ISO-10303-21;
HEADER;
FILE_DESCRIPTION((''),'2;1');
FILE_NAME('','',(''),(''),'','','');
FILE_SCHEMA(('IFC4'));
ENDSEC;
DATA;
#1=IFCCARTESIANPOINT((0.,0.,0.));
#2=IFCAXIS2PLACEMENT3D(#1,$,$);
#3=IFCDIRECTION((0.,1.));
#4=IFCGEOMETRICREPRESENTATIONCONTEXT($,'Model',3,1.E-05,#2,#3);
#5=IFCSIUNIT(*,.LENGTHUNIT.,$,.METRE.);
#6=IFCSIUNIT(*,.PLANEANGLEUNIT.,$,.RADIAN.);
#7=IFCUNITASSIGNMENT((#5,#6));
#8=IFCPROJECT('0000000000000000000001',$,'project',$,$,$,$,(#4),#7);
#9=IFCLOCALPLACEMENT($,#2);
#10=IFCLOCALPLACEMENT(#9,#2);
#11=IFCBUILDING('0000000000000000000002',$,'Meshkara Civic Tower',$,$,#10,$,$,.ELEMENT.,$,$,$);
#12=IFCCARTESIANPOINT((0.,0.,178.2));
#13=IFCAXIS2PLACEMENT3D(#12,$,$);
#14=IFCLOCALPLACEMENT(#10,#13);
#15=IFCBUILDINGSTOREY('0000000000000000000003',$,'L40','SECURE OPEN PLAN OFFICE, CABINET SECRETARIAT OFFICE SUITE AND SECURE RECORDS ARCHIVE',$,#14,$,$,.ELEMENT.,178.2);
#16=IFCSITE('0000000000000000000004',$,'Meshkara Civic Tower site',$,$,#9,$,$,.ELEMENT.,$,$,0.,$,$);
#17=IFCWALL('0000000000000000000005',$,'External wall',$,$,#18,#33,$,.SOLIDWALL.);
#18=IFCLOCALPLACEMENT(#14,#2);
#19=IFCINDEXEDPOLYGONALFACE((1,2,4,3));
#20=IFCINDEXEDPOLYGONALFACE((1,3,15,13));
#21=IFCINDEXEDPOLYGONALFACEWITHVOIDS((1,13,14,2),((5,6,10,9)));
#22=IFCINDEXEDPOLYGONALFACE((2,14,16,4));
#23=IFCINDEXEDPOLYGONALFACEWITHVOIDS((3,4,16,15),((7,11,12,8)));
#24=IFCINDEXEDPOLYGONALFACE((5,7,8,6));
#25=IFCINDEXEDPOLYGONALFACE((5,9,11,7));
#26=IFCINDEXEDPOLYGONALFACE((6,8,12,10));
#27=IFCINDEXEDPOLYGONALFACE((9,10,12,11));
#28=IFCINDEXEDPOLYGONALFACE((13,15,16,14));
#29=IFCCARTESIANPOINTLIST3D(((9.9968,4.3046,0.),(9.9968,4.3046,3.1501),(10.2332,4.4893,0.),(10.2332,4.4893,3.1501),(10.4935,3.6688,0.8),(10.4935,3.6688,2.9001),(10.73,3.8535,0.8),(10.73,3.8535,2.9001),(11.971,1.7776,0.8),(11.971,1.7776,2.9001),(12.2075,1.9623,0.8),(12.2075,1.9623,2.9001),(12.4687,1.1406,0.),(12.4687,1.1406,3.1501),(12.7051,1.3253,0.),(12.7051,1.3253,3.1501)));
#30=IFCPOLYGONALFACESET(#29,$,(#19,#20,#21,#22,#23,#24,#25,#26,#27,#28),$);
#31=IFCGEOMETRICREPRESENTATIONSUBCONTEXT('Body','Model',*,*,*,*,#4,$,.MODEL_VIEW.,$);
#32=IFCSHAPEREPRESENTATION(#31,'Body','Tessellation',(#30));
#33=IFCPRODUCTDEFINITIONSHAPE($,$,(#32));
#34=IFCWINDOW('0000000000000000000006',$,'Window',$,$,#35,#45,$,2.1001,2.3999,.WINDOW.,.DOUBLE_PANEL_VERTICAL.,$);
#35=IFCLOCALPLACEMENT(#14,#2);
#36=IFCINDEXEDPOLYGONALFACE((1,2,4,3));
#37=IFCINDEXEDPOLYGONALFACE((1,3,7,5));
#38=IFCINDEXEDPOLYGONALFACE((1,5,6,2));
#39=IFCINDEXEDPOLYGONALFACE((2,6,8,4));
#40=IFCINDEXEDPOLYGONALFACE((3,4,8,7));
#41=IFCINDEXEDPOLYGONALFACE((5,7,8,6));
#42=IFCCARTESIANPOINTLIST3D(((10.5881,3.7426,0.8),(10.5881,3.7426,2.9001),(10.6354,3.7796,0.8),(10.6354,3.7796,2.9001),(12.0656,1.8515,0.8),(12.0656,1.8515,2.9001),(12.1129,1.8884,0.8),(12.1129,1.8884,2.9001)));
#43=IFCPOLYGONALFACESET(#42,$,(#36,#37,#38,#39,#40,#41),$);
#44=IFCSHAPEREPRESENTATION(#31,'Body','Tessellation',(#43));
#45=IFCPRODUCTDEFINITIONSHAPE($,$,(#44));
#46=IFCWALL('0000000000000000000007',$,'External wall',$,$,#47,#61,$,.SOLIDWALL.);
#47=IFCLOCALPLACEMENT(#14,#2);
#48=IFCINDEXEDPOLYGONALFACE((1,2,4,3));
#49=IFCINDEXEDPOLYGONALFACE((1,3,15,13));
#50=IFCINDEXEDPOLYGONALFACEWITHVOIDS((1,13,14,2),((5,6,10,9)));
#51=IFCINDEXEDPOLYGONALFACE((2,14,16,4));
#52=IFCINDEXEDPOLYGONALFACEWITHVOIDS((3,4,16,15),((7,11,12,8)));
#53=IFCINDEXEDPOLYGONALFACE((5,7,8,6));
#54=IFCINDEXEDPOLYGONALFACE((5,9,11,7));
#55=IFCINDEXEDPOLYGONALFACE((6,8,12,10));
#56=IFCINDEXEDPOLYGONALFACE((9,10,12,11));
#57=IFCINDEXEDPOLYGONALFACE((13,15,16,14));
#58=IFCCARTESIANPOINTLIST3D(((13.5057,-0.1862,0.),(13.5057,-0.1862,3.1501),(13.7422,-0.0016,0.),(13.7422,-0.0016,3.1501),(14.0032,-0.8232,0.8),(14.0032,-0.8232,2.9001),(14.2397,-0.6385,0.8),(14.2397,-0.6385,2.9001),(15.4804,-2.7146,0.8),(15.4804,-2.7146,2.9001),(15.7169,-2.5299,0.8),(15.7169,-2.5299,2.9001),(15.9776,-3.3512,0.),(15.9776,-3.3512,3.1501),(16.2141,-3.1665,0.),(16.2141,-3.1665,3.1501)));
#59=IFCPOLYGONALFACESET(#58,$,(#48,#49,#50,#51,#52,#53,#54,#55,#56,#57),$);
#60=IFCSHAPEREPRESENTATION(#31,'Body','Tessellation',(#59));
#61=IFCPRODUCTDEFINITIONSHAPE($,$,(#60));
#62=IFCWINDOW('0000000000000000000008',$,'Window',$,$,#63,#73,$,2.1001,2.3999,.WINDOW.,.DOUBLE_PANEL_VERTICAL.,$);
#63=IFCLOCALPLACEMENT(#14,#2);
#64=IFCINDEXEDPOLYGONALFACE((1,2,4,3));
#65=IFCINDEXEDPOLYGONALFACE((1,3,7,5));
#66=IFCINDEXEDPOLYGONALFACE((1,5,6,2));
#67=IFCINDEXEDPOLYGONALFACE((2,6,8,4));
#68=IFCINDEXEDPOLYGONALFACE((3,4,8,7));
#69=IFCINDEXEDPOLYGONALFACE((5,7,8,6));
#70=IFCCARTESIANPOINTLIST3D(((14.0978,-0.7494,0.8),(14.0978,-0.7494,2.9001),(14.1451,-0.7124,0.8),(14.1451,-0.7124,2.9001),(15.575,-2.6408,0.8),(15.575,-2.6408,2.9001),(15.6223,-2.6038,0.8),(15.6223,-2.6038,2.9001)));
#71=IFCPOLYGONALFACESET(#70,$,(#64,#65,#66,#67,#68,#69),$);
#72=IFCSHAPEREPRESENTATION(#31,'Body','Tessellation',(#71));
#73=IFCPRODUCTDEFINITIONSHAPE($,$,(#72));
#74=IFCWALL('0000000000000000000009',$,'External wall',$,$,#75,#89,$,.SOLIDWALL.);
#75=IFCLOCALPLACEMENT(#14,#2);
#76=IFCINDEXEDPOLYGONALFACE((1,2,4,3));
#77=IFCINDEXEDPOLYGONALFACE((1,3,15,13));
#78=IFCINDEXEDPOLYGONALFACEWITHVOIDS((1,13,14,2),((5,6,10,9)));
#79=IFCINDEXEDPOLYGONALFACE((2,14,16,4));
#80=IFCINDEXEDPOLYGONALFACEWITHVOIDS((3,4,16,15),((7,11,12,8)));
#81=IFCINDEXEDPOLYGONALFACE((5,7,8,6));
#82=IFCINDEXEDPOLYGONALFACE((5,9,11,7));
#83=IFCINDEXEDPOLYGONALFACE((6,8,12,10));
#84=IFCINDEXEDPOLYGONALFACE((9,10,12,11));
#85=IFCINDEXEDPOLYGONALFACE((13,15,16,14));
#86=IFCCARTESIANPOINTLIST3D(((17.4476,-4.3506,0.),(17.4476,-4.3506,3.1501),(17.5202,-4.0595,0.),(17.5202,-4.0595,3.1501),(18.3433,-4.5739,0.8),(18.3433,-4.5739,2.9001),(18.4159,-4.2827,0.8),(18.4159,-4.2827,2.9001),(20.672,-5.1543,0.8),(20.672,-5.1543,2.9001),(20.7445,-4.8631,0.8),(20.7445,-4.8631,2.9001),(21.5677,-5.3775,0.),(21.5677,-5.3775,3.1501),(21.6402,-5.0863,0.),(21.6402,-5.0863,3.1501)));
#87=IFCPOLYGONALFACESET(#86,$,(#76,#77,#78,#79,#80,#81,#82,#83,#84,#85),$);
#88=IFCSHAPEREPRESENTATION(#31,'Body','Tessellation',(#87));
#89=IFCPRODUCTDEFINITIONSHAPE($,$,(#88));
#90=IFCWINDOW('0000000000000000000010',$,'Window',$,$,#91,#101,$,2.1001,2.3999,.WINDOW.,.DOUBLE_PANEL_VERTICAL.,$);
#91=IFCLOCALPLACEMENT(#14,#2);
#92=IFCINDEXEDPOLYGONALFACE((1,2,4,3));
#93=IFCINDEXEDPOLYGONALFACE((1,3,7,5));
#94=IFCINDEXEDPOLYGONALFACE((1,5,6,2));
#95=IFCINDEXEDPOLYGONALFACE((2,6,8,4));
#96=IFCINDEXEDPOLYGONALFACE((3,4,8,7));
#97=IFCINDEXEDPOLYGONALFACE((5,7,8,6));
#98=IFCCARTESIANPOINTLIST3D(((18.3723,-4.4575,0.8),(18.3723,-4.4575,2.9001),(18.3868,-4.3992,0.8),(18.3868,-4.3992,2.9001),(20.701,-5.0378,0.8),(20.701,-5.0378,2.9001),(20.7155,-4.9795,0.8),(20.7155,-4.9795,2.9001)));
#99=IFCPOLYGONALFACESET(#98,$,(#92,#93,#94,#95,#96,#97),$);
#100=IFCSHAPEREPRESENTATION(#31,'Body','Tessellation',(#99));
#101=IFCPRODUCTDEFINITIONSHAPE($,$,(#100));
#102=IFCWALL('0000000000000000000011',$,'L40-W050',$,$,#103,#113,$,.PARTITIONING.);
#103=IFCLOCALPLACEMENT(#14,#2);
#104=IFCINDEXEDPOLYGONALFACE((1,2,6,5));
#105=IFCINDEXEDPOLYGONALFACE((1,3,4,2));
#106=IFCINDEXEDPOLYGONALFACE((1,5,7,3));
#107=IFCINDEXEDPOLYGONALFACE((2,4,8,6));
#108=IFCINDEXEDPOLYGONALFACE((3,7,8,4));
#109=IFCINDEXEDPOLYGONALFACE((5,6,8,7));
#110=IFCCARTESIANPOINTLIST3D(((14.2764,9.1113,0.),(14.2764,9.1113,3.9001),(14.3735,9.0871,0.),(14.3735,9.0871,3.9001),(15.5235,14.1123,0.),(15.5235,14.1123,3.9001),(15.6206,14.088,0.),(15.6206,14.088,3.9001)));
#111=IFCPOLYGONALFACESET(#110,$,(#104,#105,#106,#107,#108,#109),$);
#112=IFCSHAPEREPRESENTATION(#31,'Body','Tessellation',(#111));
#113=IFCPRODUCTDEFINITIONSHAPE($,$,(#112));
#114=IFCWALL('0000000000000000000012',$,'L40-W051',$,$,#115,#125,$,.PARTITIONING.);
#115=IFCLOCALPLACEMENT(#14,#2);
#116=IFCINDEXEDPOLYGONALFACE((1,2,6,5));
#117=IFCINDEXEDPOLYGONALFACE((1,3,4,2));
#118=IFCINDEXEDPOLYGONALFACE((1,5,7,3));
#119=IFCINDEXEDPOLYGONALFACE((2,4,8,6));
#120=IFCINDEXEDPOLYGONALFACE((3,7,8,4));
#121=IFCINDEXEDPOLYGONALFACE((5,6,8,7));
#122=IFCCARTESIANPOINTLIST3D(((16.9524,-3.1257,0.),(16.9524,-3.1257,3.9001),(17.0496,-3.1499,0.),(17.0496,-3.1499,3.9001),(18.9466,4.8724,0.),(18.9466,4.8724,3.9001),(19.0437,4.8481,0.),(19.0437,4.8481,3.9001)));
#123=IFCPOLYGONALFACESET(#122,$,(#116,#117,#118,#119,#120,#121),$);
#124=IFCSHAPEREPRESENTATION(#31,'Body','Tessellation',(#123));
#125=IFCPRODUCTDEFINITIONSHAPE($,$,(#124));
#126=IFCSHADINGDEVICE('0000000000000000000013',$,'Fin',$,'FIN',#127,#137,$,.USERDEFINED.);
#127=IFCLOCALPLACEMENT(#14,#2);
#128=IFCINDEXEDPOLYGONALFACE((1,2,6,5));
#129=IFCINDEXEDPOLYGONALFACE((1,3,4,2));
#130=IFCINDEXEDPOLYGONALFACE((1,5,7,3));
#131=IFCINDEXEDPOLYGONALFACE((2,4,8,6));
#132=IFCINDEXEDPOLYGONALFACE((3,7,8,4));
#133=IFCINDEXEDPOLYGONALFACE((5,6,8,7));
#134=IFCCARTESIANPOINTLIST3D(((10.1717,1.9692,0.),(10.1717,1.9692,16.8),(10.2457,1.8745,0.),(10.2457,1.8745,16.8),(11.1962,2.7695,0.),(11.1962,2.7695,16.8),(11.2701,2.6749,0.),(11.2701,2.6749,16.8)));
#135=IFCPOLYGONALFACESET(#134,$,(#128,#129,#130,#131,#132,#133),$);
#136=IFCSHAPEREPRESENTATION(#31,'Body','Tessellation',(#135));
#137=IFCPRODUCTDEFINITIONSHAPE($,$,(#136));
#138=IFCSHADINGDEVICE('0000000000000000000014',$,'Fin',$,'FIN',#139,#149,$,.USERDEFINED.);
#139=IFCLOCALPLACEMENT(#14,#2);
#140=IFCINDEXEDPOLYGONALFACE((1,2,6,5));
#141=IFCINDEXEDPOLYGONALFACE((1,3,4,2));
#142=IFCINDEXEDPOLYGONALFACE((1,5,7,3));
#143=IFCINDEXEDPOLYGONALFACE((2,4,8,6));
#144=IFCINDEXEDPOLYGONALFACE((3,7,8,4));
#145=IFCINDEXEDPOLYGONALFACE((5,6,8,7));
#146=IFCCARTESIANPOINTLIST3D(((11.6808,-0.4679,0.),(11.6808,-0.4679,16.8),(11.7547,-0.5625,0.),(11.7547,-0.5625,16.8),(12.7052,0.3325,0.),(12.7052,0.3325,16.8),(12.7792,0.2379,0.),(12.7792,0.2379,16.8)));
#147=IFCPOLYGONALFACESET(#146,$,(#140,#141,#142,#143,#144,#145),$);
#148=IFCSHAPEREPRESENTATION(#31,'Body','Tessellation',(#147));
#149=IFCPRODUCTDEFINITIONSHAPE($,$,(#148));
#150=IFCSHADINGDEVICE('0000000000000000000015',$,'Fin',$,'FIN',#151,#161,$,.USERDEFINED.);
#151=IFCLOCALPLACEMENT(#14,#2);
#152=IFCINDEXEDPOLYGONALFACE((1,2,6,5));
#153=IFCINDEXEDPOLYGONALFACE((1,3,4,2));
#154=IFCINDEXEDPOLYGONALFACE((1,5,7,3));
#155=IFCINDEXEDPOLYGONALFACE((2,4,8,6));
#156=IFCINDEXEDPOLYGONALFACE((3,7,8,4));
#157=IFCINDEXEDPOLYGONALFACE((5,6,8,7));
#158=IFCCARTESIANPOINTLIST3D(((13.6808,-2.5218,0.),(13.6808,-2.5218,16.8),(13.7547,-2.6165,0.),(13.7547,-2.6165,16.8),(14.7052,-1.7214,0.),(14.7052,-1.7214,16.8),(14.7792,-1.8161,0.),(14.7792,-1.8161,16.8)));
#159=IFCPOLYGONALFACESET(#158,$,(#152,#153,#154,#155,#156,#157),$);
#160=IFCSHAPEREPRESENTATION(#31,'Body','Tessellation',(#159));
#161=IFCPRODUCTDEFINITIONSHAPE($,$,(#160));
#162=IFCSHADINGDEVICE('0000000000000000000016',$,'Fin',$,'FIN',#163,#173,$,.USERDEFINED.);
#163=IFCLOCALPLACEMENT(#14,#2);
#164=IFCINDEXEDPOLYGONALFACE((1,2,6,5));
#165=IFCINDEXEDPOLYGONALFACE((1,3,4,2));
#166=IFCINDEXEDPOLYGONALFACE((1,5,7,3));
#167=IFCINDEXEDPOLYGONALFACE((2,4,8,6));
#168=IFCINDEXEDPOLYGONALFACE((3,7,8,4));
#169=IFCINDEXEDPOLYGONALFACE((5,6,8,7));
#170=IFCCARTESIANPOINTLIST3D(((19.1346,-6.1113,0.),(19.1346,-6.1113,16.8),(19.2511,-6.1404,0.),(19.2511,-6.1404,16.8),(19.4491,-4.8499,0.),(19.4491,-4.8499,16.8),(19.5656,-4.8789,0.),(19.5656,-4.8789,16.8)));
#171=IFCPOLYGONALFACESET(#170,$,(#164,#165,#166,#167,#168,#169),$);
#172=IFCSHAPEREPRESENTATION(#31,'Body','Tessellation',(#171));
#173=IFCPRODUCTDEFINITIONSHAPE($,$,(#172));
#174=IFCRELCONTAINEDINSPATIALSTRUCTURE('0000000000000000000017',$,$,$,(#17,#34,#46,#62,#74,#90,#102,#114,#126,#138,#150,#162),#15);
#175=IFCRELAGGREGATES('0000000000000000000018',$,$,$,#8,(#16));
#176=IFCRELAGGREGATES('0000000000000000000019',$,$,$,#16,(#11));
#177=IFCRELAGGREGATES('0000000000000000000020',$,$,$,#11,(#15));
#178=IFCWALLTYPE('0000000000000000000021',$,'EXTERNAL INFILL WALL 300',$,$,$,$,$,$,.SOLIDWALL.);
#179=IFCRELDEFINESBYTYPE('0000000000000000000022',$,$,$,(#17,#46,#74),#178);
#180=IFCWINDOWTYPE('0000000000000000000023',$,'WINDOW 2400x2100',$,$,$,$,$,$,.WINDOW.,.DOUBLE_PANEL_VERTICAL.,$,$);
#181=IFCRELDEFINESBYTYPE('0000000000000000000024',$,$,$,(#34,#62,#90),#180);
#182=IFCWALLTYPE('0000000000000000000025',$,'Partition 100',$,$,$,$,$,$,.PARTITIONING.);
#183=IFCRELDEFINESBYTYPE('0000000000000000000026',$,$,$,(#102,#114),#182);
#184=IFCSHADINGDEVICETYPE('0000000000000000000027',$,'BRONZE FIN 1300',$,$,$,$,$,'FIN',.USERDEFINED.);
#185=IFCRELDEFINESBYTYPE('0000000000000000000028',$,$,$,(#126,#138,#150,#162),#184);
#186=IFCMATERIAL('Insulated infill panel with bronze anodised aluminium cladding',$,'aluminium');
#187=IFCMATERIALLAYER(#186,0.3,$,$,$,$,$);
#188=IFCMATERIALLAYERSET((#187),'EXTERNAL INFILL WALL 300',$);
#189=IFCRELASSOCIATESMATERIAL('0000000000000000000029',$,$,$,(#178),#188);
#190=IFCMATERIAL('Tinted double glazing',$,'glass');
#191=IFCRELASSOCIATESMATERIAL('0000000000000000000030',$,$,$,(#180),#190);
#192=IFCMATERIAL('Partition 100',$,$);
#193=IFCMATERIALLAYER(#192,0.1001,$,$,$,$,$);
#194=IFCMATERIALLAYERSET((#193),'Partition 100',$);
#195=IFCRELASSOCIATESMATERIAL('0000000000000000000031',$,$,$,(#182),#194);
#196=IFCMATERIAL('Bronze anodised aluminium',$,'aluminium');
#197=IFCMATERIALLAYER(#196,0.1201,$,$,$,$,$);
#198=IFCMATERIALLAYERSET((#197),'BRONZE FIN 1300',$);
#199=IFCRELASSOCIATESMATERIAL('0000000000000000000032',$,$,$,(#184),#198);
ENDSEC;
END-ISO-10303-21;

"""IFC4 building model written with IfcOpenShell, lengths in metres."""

from ifc_helpers import new_model, si_unit, direction, frame, frame_2d, origin, origin_2d, place, context, subcontext, project, spatial, rectangle, extrude, material, layer, layer_set, type_object, element, fill, save


model = new_model("IFC4")

# Units and contexts
model_context = context("Model", 3, precision=1e-05, world=origin(), true_north=direction((0.0, 1.0)))
body_context = subcontext(model_context, "Body", "Model", "MODEL_VIEW")
ifc_project = project(units=[si_unit("LENGTHUNIT", "METRE"), si_unit("PLANEANGLEUNIT", "RADIAN")], contexts=[model_context])

# Site, building, storey
site_placement = place(None, origin())
site = spatial("IfcSite", under=ifc_project, at=site_placement, Name="Meshkara Civic Tower site", CompositionType="ELEMENT", RefElevation=0.0)
building_placement = place(site_placement, origin())
building = spatial("IfcBuilding", under=site, at=building_placement, Name="Meshkara Civic Tower", CompositionType="ELEMENT")
storey_placement = place(building_placement, frame((0.0, 0.0, 178.2)))
storey = spatial("IfcBuildingStorey", under=building, at=storey_placement, Name="L40", Description="SECURE OPEN PLAN OFFICE, CABINET SECRETARIAT OFFICE SUITE AND SECURE RECORDS ARCHIVE", CompositionType="ELEMENT", Elevation=178.2)

# Walls, openings, windows
ifc_material_1 = material(Name="Insulated infill panel with bronze anodised aluminium cladding", Category="aluminium")
ifc_layer_1 = layer(ifc_material_1, 0.3)
ifc_layer_set_1 = layer_set([ifc_layer_1], Name="EXTERNAL INFILL WALL 300")
wall_type_1 = type_object("IfcWallType", Name="EXTERNAL INFILL WALL 300", PredefinedType="SOLIDWALL", material=ifc_layer_set_1)
wall_1_placement = place(storey_placement, frame((10.115, 4.397, 0.0), z_axis=(0.0, 0.0, 1.0), x_axis=(0.615644, -0.788024, 0.0)))
wall_1 = element("IfcWall", 1, at=wall_1_placement, inside=storey, type_object=wall_type_1, Name="External wall", PredefinedType="SOLIDWALL", context=body_context, shape_type="SweptSolid", body=[
    extrude(rectangle(XDim=4.0151, YDim=0.3, at=frame_2d((2.0076, 0.0))), origin(), (0.0, 0.0, 1.0), 3.1501),
])
opening_1_placement = place(wall_1_placement, frame((0.8069, 0.0, 0.8)))
opening_1 = element("IfcOpeningElement", 2, at=opening_1_placement, cuts=wall_1, PredefinedType="OPENING", context=body_context, shape_type="SweptSolid", body=[
    extrude(rectangle(XDim=2.3999, YDim=2.1001, at=frame_2d((1.2, 1.05))), frame((0.0, 0.1599, 0.0), z_axis=(0.0, -1.0, 0.0), x_axis=(1.0, 0.0, 0.0)), (0.0, 0.0, 1.0), 0.3201),
])
ifc_material_2 = material(Name="Tinted double glazing", Category="glass")
window_type = type_object("IfcWindowType", Name="WINDOW 2400x2100", PartitioningType="DOUBLE_PANEL_VERTICAL", PredefinedType="WINDOW", material=ifc_material_2)
window_1_placement = place(opening_1_placement, origin())
window_1 = element("IfcWindow", 3, at=window_1_placement, inside=storey, type_object=window_type, Name="Window", OverallHeight=2.1001, OverallWidth=2.3999, PartitioningType="DOUBLE_PANEL_VERTICAL", PredefinedType="WINDOW", context=body_context, shape_type="SweptSolid", body=[
    extrude(rectangle(XDim=2.3999, YDim=2.1001, at=frame_2d((1.2, 1.05))), frame((0.0, 0.03, 0.0), z_axis=(0.0, -1.0, 0.0), x_axis=(1.0, 0.0, 0.0)), (0.0, 0.0, 1.0), 0.0601),
])
fill(opening_1, window_1)
wall_2_placement = place(storey_placement, frame((13.624, -0.094, 0.0), z_axis=(0.0, 0.0, 1.0), x_axis=(0.615526, -0.788117, 0.0)))
wall_2 = element("IfcWall", 4, at=wall_2_placement, inside=storey, type_object=wall_type_1, Name="External wall", PredefinedType="SOLIDWALL", context=body_context, shape_type="SweptSolid", body=[
    extrude(rectangle(XDim=4.0159, YDim=0.3, at=frame_2d((2.0078, 0.0))), origin(), (0.0, 0.0, 1.0), 3.1501),
])
opening_2_placement = place(wall_2_placement, frame((0.8081, 0.0, 0.8)))
opening_2 = element("IfcOpeningElement", 5, at=opening_2_placement, cuts=wall_2, PredefinedType="OPENING", context=body_context, shape_type="SweptSolid", body=[
    extrude(rectangle(XDim=2.3999, YDim=2.1001, at=frame_2d((1.2, 1.05))), frame((0.0, 0.1599, 0.0), z_axis=(0.0, -1.0, 0.0), x_axis=(1.0, 0.0, 0.0)), (0.0, 0.0, 1.0), 0.3201),
])
window_2_placement = place(opening_2_placement, origin())
window_2 = element("IfcWindow", 6, at=window_2_placement, inside=storey, type_object=window_type, Name="Window", OverallHeight=2.1001, OverallWidth=2.3999, PartitioningType="DOUBLE_PANEL_VERTICAL", PredefinedType="WINDOW", context=body_context, shape_type="SweptSolid", body=[
    extrude(rectangle(XDim=2.3999, YDim=2.1001, at=frame_2d((1.2, 1.05))), frame((0.0, 0.03, 0.0), z_axis=(0.0, -1.0, 0.0), x_axis=(1.0, 0.0, 0.0)), (0.0, 0.0, 1.0), 0.0601),
])
fill(opening_2, window_2)
wall_3_placement = place(storey_placement, frame((17.4839, -4.2051, 0.0), z_axis=(0.0, 0.0, 1.0), x_axis=(0.970318, -0.241832, 0.0)))
wall_3 = element("IfcWall", 7, at=wall_3_placement, inside=storey, type_object=wall_type_1, Name="External wall", PredefinedType="SOLIDWALL", context=body_context, shape_type="SweptSolid", body=[
    extrude(rectangle(XDim=4.2461, YDim=0.3, at=frame_2d((2.123, 0.0))), origin(), (0.0, 0.0, 1.0), 3.1501),
])
opening_3_placement = place(wall_3_placement, frame((0.9231, 0.0, 0.8)))
opening_3 = element("IfcOpeningElement", 8, at=opening_3_placement, cuts=wall_3, PredefinedType="OPENING", context=body_context, shape_type="SweptSolid", body=[
    extrude(rectangle(XDim=2.3999, YDim=2.1001, at=frame_2d((1.2, 1.05))), frame((0.0, 0.1599, 0.0), z_axis=(0.0, -1.0, 0.0), x_axis=(1.0, 0.0, 0.0)), (0.0, 0.0, 1.0), 0.3201),
])
window_3_placement = place(opening_3_placement, origin())
window_3 = element("IfcWindow", 9, at=window_3_placement, inside=storey, type_object=window_type, Name="Window", OverallHeight=2.1001, OverallWidth=2.3999, PartitioningType="DOUBLE_PANEL_VERTICAL", PredefinedType="WINDOW", context=body_context, shape_type="SweptSolid", body=[
    extrude(rectangle(XDim=2.3999, YDim=2.1001, at=frame_2d((1.2, 1.05))), frame((0.0, 0.03, 0.0), z_axis=(0.0, -1.0, 0.0), x_axis=(1.0, 0.0, 0.0)), (0.0, 0.0, 1.0), 0.0601),
])
fill(opening_3, window_3)

# Walls
ifc_material_3 = material(Name="Partition 100")
ifc_layer_2 = layer(ifc_material_3, 0.1001)
ifc_layer_set_2 = layer_set([ifc_layer_2], Name="Partition 100")
wall_type_2 = type_object("IfcWallType", Name="Partition 100", PredefinedType="PARTITIONING", material=ifc_layer_set_2)
wall_4_placement = place(storey_placement, frame((14.325, 9.0991, 0.0), z_axis=(0.0, 0.0, 1.0), x_axis=(0.241956, 0.970287, 0.0)))
element("IfcWall", 10, at=wall_4_placement, inside=storey, type_object=wall_type_2, Name="L40-W050", PredefinedType="PARTITIONING", context=body_context, shape_type="SweptSolid", body=[
    extrude(rectangle(XDim=5.1541, YDim=0.1001, at=frame_2d((2.5771, 0.0))), origin(), (0.0, 0.0, 1.0), 3.9001),
])
wall_5_placement = place(storey_placement, frame((17.001, -3.1379, 0.0), z_axis=(0.0, 0.0, 1.0), x_axis=(0.241922, 0.970296, 0.0)))
element("IfcWall", 11, at=wall_5_placement, inside=storey, type_object=wall_type_2, Name="L40-W051", PredefinedType="PARTITIONING", context=body_context, shape_type="SweptSolid", body=[
    extrude(rectangle(XDim=8.2429, YDim=0.1001, at=frame_2d((4.1216, 0.0))), origin(), (0.0, 0.0, 1.0), 3.9001),
])

# Shading devices
ifc_material_4 = material(Name="Bronze anodised aluminium", Category="aluminium")
ifc_layer_3 = layer(ifc_material_4, 0.1201)
ifc_layer_set_3 = layer_set([ifc_layer_3], Name="BRONZE FIN 1300")
shading_device_type = type_object("IfcShadingDeviceType", Name="BRONZE FIN 1300", ElementType="FIN", PredefinedType="USERDEFINED", material=ifc_layer_set_3)
for number, where, z_axis, x_axis, name in (
    (12, (10.7209, 2.322, 0.0), (0.0, 0.0, 1.0), (0.615661, -0.788011, 0.0), "Fin"),
    (13, (12.23, -0.115, 0.0), (0.0, 0.0, 1.0), (0.615661, -0.788011, 0.0), "Fin"),
    (14, (14.23, -2.1689, 0.0), (0.0, 0.0, 1.0), (0.615661, -0.788011, 0.0), "Fin"),
    (15, (19.3501, -5.4951, 0.0), (0.0, 0.0, 1.0), (0.9703, -0.241905, 0.0), "Fin"),
):
    element("IfcShadingDevice", number, at=place(storey_placement, frame(where, z_axis=z_axis, x_axis=x_axis)), inside=storey, type_object=shading_device_type, Name=name, ObjectType="FIN", PredefinedType="USERDEFINED", context=body_context, shape_type="SweptSolid", body=[
        extrude(rectangle(XDim=0.1201, YDim=1.3, at=origin_2d()), origin(), (0.0, 0.0, 1.0), 16.8),
    ])

save(model, "model.ifc")
